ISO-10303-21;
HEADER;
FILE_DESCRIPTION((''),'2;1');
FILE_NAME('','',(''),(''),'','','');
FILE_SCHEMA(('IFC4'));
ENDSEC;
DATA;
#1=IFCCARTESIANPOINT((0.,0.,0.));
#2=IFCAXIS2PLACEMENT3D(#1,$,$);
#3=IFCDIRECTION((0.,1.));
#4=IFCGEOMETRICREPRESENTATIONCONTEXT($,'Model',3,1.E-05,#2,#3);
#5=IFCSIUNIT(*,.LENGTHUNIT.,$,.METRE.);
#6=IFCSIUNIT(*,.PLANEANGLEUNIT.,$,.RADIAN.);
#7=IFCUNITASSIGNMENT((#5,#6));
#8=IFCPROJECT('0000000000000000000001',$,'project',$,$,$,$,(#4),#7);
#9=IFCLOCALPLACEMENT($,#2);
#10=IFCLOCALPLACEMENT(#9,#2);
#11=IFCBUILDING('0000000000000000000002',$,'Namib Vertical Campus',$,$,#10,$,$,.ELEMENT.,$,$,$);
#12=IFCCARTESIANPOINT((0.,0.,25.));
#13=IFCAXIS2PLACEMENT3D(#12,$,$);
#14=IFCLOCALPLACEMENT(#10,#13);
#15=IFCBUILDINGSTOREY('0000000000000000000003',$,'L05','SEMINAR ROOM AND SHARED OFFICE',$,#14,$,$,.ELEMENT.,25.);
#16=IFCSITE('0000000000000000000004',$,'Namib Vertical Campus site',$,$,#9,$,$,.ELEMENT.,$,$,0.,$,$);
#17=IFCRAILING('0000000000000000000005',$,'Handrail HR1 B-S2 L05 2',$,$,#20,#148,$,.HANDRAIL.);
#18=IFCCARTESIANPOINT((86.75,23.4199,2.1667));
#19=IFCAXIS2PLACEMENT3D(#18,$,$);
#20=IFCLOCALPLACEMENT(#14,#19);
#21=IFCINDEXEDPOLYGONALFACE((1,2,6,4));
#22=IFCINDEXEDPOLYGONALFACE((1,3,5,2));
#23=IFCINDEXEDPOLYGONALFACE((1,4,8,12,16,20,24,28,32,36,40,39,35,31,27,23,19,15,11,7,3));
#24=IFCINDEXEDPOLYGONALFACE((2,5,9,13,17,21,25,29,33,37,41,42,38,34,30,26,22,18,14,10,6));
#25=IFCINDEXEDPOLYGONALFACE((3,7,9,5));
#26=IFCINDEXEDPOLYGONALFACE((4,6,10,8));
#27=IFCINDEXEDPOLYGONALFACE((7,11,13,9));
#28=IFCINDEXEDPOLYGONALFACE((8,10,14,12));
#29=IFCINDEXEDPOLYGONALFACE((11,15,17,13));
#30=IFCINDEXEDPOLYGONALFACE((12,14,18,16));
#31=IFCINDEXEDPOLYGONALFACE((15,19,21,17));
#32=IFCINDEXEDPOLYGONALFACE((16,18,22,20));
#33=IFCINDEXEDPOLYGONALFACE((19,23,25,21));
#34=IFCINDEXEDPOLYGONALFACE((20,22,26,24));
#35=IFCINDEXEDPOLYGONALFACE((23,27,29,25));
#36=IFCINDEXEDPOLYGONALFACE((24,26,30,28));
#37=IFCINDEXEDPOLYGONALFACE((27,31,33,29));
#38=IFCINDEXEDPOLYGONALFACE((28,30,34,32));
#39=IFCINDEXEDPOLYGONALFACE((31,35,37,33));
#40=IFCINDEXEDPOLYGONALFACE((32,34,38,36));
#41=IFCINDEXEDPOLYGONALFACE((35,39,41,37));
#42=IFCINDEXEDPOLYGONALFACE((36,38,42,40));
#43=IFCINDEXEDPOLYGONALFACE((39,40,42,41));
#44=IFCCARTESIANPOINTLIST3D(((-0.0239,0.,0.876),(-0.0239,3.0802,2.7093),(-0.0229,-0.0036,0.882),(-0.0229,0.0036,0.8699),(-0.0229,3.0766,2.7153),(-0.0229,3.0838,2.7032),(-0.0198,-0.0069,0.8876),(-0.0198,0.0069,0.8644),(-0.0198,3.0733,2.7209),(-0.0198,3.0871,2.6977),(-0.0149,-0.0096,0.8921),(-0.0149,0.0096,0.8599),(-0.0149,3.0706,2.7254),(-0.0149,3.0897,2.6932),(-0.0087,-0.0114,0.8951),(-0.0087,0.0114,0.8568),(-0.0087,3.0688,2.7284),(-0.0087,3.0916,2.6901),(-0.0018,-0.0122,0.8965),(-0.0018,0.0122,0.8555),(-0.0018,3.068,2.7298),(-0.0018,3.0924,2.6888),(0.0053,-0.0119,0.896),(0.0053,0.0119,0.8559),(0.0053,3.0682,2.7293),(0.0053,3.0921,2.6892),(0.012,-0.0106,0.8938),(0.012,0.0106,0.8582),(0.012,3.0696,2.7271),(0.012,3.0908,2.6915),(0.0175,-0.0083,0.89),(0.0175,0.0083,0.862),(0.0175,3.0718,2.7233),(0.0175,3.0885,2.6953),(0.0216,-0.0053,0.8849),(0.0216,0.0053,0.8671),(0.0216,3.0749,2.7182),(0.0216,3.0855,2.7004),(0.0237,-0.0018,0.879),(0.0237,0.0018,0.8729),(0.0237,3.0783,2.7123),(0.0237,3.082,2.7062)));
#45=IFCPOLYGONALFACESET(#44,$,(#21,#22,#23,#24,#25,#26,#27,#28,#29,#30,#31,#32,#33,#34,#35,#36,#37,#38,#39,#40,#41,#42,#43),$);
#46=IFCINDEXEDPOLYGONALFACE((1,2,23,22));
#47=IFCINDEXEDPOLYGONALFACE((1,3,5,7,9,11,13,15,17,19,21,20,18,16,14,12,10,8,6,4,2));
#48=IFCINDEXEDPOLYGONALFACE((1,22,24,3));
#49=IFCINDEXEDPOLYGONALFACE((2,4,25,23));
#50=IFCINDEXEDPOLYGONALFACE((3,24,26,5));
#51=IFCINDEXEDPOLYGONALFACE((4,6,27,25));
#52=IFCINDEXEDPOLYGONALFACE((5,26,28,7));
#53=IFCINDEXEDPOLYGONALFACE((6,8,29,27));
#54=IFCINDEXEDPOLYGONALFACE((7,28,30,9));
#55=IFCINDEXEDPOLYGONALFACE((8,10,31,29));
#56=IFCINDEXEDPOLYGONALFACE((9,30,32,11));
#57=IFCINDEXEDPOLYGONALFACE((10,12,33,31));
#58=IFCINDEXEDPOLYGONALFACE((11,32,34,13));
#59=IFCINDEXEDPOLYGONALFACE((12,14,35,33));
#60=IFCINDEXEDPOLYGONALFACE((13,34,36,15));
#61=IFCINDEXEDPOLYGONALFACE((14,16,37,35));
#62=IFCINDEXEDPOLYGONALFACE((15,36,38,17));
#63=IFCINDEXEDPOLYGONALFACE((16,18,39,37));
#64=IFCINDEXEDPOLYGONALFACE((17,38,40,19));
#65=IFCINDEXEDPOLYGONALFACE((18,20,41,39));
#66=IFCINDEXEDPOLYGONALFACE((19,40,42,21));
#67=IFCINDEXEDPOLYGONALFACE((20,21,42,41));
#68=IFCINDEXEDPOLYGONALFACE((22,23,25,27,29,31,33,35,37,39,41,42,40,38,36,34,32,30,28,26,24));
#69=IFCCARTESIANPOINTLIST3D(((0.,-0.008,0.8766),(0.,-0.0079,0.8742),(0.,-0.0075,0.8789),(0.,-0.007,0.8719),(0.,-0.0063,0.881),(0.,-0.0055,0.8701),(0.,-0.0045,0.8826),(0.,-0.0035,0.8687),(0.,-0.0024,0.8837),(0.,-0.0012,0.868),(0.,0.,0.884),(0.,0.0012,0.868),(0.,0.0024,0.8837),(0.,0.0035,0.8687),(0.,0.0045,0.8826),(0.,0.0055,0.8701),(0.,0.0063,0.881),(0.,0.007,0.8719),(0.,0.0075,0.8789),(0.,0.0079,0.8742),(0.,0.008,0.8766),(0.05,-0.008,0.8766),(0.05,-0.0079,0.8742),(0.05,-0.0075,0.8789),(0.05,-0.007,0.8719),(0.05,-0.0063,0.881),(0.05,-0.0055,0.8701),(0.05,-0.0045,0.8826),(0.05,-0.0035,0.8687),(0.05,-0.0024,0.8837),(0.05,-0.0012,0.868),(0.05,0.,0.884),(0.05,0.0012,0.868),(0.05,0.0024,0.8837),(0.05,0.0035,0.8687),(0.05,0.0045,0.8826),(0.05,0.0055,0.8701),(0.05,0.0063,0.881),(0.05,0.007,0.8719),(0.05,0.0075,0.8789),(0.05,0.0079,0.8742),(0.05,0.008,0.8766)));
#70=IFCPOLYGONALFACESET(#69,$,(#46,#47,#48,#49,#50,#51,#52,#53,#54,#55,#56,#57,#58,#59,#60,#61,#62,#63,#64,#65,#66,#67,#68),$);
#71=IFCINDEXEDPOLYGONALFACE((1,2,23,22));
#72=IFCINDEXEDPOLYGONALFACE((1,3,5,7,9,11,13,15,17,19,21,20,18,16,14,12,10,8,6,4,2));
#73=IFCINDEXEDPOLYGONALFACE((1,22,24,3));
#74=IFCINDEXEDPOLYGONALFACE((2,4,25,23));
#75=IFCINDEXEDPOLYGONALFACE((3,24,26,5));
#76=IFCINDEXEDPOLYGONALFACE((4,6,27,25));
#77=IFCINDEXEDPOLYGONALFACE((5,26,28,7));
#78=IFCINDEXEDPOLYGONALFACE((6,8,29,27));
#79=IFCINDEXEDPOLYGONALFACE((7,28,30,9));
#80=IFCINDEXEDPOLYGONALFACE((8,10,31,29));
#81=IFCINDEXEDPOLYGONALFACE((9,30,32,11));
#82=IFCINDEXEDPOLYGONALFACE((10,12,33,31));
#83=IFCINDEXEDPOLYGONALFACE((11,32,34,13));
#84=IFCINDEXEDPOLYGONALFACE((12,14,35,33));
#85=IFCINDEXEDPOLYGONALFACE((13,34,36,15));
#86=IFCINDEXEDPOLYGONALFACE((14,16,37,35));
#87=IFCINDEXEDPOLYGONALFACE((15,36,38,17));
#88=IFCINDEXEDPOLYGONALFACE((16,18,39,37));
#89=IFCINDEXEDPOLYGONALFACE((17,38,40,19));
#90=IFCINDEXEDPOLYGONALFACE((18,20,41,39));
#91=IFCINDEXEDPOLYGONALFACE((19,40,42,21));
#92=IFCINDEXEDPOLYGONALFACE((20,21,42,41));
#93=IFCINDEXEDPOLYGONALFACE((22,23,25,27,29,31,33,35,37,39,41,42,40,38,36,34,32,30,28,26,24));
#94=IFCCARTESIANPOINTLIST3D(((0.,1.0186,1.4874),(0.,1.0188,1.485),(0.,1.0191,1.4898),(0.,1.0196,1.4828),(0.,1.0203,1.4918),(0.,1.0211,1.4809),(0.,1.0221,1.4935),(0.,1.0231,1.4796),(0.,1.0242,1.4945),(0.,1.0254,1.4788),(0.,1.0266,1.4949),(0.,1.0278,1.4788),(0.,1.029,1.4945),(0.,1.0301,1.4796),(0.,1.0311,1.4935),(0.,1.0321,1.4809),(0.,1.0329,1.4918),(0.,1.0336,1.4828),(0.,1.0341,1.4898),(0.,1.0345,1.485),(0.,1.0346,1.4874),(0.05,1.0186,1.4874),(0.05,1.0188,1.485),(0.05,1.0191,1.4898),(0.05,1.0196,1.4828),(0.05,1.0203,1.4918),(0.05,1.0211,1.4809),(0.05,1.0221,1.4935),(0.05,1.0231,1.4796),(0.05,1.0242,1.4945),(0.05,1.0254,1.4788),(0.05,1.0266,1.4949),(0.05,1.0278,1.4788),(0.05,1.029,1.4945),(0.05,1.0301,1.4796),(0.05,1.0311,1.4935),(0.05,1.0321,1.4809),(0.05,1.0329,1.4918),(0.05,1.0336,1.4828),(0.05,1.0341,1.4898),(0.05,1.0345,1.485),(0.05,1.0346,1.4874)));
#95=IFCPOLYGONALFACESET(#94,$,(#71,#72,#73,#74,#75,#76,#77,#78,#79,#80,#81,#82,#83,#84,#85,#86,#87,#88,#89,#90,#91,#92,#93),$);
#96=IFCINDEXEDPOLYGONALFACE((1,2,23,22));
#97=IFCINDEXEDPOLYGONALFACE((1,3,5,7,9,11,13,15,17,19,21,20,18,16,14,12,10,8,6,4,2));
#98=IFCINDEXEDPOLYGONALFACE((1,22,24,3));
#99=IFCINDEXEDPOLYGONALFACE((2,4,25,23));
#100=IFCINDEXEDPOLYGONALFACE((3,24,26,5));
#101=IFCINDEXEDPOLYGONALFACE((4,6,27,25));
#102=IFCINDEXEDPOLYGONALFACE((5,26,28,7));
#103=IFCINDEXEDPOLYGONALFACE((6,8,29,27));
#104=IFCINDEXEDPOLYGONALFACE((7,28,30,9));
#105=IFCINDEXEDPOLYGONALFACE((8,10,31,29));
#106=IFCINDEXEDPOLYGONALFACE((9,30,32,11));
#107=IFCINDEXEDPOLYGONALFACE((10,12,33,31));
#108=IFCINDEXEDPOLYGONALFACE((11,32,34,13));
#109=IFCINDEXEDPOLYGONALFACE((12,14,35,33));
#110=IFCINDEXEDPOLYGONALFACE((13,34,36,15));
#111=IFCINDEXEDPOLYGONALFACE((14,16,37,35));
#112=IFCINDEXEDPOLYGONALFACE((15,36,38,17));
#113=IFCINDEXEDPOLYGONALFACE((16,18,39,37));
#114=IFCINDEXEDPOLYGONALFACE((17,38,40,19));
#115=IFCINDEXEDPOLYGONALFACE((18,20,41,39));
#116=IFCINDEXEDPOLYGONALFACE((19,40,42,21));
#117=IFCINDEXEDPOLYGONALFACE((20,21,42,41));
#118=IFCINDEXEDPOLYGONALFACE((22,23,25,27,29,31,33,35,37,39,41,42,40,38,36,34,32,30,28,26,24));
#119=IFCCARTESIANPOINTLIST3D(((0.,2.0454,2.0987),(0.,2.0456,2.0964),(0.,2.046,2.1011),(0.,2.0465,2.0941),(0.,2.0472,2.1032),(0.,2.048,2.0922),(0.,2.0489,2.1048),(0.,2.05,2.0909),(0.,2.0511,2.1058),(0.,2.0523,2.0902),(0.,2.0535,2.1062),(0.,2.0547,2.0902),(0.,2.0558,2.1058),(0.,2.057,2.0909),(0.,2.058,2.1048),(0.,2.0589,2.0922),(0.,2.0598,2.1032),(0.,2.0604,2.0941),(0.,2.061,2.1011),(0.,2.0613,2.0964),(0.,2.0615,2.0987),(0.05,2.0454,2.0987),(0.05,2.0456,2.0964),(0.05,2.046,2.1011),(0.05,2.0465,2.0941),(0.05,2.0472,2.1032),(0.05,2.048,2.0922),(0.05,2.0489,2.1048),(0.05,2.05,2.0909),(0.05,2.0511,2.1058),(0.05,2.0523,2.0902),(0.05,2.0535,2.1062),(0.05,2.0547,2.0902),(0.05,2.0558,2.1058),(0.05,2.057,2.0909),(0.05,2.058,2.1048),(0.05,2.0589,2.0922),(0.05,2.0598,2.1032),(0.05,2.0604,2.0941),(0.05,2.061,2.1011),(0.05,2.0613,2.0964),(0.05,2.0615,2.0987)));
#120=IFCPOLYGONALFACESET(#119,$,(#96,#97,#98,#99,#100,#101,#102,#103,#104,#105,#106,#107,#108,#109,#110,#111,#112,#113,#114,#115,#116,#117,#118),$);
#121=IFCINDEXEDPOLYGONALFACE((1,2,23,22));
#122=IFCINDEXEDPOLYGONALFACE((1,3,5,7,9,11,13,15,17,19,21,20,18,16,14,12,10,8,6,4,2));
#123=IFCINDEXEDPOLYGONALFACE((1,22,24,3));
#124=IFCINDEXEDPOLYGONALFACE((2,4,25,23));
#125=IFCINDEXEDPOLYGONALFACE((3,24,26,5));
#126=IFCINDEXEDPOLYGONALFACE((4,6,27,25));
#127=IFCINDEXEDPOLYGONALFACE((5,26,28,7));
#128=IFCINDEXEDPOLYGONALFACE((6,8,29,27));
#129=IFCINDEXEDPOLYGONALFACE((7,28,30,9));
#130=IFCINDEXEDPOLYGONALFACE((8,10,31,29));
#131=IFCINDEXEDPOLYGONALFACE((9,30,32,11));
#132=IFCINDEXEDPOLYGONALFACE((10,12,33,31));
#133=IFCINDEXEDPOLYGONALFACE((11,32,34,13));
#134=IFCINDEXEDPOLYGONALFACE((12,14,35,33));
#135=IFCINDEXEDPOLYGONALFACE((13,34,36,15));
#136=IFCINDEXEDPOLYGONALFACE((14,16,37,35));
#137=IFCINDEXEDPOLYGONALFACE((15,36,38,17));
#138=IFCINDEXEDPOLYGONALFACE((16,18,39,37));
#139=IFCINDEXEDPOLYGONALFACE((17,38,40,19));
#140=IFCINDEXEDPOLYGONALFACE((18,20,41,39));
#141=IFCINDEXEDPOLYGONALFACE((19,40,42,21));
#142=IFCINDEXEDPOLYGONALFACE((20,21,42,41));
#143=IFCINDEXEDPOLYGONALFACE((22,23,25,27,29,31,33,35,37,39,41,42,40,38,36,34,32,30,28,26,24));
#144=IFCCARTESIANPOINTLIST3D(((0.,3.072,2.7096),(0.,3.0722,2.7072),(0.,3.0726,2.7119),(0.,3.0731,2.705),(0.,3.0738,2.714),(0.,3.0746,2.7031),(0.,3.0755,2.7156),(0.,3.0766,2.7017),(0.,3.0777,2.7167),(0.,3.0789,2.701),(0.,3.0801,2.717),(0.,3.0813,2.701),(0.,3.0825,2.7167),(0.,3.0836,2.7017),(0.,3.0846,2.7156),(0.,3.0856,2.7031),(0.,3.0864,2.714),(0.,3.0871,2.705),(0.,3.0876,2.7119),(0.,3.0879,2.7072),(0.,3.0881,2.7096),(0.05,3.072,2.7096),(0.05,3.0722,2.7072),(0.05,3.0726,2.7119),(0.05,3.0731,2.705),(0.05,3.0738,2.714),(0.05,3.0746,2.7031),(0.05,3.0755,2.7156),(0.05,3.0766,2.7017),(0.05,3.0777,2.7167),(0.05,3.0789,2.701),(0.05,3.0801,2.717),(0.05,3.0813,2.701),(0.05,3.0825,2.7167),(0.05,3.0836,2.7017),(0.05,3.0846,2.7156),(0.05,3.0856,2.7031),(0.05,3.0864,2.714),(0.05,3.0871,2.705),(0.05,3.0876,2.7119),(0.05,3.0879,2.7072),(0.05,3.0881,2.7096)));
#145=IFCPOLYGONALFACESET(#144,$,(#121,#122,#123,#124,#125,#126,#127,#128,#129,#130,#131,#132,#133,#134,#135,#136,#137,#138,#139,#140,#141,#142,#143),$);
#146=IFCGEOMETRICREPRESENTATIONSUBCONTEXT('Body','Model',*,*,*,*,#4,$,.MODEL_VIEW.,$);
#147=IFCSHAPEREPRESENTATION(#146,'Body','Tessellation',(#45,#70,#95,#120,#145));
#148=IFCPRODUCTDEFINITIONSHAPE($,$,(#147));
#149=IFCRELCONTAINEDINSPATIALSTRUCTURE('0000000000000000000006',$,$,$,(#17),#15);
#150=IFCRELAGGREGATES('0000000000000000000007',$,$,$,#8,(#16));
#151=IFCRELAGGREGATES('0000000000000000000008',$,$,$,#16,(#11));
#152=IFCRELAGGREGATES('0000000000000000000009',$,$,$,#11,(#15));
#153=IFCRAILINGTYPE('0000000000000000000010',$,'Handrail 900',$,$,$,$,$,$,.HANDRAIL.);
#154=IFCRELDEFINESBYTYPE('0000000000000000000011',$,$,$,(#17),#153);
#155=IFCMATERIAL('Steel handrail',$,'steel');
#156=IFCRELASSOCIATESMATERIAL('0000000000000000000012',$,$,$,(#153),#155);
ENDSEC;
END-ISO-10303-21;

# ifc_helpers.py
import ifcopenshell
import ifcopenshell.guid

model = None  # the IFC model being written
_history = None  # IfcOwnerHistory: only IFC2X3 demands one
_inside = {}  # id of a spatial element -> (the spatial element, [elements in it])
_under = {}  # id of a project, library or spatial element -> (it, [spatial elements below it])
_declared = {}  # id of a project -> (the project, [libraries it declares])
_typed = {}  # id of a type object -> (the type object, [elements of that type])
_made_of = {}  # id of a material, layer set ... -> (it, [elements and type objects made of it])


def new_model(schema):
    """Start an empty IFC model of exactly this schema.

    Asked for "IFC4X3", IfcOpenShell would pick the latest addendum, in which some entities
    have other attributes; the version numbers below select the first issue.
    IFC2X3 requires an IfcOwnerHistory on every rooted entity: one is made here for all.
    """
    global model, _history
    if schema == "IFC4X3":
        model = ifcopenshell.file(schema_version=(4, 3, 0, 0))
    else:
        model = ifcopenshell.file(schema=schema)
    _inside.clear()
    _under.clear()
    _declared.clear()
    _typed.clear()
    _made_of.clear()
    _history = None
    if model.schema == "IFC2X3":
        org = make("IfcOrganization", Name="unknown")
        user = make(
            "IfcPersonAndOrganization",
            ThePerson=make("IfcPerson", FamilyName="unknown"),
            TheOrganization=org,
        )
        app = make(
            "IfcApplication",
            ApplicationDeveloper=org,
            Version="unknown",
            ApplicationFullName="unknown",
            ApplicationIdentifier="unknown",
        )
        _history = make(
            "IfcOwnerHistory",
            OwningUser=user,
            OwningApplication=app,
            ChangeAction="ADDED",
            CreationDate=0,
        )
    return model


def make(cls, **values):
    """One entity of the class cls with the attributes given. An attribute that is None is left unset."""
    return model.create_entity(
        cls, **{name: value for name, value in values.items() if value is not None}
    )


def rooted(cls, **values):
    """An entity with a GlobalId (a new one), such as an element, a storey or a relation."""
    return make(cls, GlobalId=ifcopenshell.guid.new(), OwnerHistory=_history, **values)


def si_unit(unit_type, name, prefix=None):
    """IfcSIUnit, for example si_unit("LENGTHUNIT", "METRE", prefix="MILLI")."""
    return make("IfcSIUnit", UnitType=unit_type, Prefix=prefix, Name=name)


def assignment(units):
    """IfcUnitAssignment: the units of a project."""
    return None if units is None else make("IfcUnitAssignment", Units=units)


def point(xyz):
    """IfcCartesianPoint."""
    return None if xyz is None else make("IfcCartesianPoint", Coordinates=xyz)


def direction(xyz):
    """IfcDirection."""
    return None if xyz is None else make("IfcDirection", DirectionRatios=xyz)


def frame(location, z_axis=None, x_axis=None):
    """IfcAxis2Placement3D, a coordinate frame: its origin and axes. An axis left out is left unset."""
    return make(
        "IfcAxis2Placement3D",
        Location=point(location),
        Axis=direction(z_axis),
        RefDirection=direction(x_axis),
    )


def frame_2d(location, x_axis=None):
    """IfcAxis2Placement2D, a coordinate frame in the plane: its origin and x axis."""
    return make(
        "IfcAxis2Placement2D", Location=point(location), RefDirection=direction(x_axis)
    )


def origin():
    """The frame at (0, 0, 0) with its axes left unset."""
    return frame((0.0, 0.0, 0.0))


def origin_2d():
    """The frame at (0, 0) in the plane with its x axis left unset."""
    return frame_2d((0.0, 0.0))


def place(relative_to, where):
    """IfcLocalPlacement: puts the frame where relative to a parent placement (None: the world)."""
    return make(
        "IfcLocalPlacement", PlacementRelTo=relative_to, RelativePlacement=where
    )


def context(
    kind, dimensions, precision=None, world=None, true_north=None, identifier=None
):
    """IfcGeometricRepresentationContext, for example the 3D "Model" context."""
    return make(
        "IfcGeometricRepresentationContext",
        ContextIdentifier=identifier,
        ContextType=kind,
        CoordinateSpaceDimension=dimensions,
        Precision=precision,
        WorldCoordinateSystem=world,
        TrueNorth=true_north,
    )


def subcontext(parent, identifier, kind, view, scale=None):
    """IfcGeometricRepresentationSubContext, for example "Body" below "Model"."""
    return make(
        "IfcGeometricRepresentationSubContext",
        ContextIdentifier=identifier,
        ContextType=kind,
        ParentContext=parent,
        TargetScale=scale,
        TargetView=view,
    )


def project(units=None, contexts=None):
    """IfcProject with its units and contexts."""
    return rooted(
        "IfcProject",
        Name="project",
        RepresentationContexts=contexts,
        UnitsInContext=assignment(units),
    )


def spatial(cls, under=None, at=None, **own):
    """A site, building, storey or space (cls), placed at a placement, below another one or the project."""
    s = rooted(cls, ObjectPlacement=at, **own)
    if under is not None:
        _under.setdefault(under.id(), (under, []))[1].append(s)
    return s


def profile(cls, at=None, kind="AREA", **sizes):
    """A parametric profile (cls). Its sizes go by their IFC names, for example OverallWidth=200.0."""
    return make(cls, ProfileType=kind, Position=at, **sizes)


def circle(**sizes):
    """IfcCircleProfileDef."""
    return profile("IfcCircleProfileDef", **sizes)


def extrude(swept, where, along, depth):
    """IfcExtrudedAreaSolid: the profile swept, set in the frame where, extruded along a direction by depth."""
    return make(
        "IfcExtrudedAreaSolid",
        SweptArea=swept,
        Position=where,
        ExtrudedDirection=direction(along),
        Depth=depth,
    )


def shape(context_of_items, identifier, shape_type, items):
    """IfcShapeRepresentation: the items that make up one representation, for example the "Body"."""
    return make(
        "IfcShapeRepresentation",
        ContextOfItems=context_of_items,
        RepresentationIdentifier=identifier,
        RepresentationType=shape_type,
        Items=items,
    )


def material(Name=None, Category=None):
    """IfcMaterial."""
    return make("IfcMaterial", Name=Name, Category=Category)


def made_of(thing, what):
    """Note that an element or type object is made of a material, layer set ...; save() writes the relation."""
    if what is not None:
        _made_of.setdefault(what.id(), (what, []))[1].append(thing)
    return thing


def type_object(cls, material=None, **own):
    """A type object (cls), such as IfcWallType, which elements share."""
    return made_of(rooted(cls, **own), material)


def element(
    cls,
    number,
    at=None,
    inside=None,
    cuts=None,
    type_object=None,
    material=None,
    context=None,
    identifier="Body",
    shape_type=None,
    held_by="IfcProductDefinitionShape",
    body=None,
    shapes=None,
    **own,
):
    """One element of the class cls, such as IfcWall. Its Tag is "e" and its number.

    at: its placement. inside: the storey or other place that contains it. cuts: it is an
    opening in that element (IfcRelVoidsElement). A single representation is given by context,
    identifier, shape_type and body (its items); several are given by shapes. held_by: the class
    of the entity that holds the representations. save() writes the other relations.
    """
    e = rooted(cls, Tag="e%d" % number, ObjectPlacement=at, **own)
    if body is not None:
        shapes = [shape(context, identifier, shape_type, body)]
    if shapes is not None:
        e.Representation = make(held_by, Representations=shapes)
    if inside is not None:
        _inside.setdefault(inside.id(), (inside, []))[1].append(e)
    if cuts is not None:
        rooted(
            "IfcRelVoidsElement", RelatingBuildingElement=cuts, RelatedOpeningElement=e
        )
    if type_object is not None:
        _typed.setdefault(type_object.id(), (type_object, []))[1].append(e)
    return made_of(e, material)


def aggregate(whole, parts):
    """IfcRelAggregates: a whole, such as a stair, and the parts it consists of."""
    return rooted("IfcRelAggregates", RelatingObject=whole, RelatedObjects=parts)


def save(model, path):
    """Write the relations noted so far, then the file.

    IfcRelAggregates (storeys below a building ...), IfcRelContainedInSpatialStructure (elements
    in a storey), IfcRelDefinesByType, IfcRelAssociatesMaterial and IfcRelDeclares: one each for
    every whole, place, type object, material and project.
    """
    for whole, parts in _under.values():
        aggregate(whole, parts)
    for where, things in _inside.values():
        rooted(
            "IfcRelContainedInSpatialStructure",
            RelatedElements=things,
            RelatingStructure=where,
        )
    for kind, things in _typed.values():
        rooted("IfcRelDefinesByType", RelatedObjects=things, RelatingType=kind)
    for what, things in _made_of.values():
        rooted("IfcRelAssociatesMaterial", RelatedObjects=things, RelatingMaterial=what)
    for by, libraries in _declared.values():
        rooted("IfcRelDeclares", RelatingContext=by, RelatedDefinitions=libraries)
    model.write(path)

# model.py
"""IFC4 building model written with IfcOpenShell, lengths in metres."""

from ifc_helpers import new_model, si_unit, direction, frame, origin, origin_2d, place, context, subcontext, project, spatial, circle, extrude, material, type_object, element, save


model = new_model("IFC4")

# Units and contexts
model_context = context("Model", 3, precision=1e-05, world=origin(), true_north=direction((0.0, 1.0)))
body_context = subcontext(model_context, "Body", "Model", "MODEL_VIEW")
ifc_project = project(units=[si_unit("LENGTHUNIT", "METRE"), si_unit("PLANEANGLEUNIT", "RADIAN")], contexts=[model_context])

# Site, building, storey
site_placement = place(None, origin())
site = spatial("IfcSite", under=ifc_project, at=site_placement, Name="Namib Vertical Campus site", CompositionType="ELEMENT", RefElevation=0.0)
building_placement = place(site_placement, origin())
building = spatial("IfcBuilding", under=site, at=building_placement, Name="Namib Vertical Campus", CompositionType="ELEMENT")
storey_placement = place(building_placement, frame((0.0, 0.0, 25.0)))
storey = spatial("IfcBuildingStorey", under=building, at=storey_placement, Name="L05", Description="SEMINAR ROOM AND SHARED OFFICE", CompositionType="ELEMENT", Elevation=25.0)

# Railing
ifc_material_1 = material(Name="Steel handrail", Category="steel")
railing_type_1 = type_object("IfcRailingType", Name="Handrail 900", PredefinedType="HANDRAIL", material=ifc_material_1)
railing_1_placement = place(storey_placement, frame((86.75, 23.4199, 2.1667)))
element("IfcRailing", 1, at=railing_1_placement, inside=storey, type_object=railing_type_1, Name="Handrail HR1 B-S2 L05 2", PredefinedType="HANDRAIL", context=body_context, shape_type="SweptSolid", body=[
    extrude(circle(Radius=0.0239, at=origin_2d()), frame((0.0, 0.0, 0.876), z_axis=(0.0, 0.859309, 0.511458), x_axis=(-1.0, 0.0, 0.0)), (0.0, 0.0, 1.0), 3.5845),
    extrude(circle(Radius=0.0081, at=origin_2d()), frame((0.0, 0.0, 0.876), z_axis=(1.0, 0.0, 0.0), x_axis=(0.0, 0.0, 1.0)), (0.0, 0.0, 1.0), 0.05),
    extrude(circle(Radius=0.0081, at=origin_2d()), frame((0.0, 1.0266, 1.4868), z_axis=(1.0, 0.0, 0.0), x_axis=(0.0, 0.0, 1.0)), (0.0, 0.0, 1.0), 0.05),
    extrude(circle(Radius=0.0081, at=origin_2d()), frame((0.0, 2.0535, 2.0981), z_axis=(1.0, 0.0, 0.0), x_axis=(0.0, 0.0, 1.0)), (0.0, 0.0, 1.0), 0.05),
    extrude(circle(Radius=0.0081, at=origin_2d()), frame((0.0, 3.0801, 2.709), z_axis=(1.0, 0.0, 0.0), x_axis=(0.0, 0.0, 1.0)), (0.0, 0.0, 1.0), 0.05),
])

save(model, "model.ifc")
